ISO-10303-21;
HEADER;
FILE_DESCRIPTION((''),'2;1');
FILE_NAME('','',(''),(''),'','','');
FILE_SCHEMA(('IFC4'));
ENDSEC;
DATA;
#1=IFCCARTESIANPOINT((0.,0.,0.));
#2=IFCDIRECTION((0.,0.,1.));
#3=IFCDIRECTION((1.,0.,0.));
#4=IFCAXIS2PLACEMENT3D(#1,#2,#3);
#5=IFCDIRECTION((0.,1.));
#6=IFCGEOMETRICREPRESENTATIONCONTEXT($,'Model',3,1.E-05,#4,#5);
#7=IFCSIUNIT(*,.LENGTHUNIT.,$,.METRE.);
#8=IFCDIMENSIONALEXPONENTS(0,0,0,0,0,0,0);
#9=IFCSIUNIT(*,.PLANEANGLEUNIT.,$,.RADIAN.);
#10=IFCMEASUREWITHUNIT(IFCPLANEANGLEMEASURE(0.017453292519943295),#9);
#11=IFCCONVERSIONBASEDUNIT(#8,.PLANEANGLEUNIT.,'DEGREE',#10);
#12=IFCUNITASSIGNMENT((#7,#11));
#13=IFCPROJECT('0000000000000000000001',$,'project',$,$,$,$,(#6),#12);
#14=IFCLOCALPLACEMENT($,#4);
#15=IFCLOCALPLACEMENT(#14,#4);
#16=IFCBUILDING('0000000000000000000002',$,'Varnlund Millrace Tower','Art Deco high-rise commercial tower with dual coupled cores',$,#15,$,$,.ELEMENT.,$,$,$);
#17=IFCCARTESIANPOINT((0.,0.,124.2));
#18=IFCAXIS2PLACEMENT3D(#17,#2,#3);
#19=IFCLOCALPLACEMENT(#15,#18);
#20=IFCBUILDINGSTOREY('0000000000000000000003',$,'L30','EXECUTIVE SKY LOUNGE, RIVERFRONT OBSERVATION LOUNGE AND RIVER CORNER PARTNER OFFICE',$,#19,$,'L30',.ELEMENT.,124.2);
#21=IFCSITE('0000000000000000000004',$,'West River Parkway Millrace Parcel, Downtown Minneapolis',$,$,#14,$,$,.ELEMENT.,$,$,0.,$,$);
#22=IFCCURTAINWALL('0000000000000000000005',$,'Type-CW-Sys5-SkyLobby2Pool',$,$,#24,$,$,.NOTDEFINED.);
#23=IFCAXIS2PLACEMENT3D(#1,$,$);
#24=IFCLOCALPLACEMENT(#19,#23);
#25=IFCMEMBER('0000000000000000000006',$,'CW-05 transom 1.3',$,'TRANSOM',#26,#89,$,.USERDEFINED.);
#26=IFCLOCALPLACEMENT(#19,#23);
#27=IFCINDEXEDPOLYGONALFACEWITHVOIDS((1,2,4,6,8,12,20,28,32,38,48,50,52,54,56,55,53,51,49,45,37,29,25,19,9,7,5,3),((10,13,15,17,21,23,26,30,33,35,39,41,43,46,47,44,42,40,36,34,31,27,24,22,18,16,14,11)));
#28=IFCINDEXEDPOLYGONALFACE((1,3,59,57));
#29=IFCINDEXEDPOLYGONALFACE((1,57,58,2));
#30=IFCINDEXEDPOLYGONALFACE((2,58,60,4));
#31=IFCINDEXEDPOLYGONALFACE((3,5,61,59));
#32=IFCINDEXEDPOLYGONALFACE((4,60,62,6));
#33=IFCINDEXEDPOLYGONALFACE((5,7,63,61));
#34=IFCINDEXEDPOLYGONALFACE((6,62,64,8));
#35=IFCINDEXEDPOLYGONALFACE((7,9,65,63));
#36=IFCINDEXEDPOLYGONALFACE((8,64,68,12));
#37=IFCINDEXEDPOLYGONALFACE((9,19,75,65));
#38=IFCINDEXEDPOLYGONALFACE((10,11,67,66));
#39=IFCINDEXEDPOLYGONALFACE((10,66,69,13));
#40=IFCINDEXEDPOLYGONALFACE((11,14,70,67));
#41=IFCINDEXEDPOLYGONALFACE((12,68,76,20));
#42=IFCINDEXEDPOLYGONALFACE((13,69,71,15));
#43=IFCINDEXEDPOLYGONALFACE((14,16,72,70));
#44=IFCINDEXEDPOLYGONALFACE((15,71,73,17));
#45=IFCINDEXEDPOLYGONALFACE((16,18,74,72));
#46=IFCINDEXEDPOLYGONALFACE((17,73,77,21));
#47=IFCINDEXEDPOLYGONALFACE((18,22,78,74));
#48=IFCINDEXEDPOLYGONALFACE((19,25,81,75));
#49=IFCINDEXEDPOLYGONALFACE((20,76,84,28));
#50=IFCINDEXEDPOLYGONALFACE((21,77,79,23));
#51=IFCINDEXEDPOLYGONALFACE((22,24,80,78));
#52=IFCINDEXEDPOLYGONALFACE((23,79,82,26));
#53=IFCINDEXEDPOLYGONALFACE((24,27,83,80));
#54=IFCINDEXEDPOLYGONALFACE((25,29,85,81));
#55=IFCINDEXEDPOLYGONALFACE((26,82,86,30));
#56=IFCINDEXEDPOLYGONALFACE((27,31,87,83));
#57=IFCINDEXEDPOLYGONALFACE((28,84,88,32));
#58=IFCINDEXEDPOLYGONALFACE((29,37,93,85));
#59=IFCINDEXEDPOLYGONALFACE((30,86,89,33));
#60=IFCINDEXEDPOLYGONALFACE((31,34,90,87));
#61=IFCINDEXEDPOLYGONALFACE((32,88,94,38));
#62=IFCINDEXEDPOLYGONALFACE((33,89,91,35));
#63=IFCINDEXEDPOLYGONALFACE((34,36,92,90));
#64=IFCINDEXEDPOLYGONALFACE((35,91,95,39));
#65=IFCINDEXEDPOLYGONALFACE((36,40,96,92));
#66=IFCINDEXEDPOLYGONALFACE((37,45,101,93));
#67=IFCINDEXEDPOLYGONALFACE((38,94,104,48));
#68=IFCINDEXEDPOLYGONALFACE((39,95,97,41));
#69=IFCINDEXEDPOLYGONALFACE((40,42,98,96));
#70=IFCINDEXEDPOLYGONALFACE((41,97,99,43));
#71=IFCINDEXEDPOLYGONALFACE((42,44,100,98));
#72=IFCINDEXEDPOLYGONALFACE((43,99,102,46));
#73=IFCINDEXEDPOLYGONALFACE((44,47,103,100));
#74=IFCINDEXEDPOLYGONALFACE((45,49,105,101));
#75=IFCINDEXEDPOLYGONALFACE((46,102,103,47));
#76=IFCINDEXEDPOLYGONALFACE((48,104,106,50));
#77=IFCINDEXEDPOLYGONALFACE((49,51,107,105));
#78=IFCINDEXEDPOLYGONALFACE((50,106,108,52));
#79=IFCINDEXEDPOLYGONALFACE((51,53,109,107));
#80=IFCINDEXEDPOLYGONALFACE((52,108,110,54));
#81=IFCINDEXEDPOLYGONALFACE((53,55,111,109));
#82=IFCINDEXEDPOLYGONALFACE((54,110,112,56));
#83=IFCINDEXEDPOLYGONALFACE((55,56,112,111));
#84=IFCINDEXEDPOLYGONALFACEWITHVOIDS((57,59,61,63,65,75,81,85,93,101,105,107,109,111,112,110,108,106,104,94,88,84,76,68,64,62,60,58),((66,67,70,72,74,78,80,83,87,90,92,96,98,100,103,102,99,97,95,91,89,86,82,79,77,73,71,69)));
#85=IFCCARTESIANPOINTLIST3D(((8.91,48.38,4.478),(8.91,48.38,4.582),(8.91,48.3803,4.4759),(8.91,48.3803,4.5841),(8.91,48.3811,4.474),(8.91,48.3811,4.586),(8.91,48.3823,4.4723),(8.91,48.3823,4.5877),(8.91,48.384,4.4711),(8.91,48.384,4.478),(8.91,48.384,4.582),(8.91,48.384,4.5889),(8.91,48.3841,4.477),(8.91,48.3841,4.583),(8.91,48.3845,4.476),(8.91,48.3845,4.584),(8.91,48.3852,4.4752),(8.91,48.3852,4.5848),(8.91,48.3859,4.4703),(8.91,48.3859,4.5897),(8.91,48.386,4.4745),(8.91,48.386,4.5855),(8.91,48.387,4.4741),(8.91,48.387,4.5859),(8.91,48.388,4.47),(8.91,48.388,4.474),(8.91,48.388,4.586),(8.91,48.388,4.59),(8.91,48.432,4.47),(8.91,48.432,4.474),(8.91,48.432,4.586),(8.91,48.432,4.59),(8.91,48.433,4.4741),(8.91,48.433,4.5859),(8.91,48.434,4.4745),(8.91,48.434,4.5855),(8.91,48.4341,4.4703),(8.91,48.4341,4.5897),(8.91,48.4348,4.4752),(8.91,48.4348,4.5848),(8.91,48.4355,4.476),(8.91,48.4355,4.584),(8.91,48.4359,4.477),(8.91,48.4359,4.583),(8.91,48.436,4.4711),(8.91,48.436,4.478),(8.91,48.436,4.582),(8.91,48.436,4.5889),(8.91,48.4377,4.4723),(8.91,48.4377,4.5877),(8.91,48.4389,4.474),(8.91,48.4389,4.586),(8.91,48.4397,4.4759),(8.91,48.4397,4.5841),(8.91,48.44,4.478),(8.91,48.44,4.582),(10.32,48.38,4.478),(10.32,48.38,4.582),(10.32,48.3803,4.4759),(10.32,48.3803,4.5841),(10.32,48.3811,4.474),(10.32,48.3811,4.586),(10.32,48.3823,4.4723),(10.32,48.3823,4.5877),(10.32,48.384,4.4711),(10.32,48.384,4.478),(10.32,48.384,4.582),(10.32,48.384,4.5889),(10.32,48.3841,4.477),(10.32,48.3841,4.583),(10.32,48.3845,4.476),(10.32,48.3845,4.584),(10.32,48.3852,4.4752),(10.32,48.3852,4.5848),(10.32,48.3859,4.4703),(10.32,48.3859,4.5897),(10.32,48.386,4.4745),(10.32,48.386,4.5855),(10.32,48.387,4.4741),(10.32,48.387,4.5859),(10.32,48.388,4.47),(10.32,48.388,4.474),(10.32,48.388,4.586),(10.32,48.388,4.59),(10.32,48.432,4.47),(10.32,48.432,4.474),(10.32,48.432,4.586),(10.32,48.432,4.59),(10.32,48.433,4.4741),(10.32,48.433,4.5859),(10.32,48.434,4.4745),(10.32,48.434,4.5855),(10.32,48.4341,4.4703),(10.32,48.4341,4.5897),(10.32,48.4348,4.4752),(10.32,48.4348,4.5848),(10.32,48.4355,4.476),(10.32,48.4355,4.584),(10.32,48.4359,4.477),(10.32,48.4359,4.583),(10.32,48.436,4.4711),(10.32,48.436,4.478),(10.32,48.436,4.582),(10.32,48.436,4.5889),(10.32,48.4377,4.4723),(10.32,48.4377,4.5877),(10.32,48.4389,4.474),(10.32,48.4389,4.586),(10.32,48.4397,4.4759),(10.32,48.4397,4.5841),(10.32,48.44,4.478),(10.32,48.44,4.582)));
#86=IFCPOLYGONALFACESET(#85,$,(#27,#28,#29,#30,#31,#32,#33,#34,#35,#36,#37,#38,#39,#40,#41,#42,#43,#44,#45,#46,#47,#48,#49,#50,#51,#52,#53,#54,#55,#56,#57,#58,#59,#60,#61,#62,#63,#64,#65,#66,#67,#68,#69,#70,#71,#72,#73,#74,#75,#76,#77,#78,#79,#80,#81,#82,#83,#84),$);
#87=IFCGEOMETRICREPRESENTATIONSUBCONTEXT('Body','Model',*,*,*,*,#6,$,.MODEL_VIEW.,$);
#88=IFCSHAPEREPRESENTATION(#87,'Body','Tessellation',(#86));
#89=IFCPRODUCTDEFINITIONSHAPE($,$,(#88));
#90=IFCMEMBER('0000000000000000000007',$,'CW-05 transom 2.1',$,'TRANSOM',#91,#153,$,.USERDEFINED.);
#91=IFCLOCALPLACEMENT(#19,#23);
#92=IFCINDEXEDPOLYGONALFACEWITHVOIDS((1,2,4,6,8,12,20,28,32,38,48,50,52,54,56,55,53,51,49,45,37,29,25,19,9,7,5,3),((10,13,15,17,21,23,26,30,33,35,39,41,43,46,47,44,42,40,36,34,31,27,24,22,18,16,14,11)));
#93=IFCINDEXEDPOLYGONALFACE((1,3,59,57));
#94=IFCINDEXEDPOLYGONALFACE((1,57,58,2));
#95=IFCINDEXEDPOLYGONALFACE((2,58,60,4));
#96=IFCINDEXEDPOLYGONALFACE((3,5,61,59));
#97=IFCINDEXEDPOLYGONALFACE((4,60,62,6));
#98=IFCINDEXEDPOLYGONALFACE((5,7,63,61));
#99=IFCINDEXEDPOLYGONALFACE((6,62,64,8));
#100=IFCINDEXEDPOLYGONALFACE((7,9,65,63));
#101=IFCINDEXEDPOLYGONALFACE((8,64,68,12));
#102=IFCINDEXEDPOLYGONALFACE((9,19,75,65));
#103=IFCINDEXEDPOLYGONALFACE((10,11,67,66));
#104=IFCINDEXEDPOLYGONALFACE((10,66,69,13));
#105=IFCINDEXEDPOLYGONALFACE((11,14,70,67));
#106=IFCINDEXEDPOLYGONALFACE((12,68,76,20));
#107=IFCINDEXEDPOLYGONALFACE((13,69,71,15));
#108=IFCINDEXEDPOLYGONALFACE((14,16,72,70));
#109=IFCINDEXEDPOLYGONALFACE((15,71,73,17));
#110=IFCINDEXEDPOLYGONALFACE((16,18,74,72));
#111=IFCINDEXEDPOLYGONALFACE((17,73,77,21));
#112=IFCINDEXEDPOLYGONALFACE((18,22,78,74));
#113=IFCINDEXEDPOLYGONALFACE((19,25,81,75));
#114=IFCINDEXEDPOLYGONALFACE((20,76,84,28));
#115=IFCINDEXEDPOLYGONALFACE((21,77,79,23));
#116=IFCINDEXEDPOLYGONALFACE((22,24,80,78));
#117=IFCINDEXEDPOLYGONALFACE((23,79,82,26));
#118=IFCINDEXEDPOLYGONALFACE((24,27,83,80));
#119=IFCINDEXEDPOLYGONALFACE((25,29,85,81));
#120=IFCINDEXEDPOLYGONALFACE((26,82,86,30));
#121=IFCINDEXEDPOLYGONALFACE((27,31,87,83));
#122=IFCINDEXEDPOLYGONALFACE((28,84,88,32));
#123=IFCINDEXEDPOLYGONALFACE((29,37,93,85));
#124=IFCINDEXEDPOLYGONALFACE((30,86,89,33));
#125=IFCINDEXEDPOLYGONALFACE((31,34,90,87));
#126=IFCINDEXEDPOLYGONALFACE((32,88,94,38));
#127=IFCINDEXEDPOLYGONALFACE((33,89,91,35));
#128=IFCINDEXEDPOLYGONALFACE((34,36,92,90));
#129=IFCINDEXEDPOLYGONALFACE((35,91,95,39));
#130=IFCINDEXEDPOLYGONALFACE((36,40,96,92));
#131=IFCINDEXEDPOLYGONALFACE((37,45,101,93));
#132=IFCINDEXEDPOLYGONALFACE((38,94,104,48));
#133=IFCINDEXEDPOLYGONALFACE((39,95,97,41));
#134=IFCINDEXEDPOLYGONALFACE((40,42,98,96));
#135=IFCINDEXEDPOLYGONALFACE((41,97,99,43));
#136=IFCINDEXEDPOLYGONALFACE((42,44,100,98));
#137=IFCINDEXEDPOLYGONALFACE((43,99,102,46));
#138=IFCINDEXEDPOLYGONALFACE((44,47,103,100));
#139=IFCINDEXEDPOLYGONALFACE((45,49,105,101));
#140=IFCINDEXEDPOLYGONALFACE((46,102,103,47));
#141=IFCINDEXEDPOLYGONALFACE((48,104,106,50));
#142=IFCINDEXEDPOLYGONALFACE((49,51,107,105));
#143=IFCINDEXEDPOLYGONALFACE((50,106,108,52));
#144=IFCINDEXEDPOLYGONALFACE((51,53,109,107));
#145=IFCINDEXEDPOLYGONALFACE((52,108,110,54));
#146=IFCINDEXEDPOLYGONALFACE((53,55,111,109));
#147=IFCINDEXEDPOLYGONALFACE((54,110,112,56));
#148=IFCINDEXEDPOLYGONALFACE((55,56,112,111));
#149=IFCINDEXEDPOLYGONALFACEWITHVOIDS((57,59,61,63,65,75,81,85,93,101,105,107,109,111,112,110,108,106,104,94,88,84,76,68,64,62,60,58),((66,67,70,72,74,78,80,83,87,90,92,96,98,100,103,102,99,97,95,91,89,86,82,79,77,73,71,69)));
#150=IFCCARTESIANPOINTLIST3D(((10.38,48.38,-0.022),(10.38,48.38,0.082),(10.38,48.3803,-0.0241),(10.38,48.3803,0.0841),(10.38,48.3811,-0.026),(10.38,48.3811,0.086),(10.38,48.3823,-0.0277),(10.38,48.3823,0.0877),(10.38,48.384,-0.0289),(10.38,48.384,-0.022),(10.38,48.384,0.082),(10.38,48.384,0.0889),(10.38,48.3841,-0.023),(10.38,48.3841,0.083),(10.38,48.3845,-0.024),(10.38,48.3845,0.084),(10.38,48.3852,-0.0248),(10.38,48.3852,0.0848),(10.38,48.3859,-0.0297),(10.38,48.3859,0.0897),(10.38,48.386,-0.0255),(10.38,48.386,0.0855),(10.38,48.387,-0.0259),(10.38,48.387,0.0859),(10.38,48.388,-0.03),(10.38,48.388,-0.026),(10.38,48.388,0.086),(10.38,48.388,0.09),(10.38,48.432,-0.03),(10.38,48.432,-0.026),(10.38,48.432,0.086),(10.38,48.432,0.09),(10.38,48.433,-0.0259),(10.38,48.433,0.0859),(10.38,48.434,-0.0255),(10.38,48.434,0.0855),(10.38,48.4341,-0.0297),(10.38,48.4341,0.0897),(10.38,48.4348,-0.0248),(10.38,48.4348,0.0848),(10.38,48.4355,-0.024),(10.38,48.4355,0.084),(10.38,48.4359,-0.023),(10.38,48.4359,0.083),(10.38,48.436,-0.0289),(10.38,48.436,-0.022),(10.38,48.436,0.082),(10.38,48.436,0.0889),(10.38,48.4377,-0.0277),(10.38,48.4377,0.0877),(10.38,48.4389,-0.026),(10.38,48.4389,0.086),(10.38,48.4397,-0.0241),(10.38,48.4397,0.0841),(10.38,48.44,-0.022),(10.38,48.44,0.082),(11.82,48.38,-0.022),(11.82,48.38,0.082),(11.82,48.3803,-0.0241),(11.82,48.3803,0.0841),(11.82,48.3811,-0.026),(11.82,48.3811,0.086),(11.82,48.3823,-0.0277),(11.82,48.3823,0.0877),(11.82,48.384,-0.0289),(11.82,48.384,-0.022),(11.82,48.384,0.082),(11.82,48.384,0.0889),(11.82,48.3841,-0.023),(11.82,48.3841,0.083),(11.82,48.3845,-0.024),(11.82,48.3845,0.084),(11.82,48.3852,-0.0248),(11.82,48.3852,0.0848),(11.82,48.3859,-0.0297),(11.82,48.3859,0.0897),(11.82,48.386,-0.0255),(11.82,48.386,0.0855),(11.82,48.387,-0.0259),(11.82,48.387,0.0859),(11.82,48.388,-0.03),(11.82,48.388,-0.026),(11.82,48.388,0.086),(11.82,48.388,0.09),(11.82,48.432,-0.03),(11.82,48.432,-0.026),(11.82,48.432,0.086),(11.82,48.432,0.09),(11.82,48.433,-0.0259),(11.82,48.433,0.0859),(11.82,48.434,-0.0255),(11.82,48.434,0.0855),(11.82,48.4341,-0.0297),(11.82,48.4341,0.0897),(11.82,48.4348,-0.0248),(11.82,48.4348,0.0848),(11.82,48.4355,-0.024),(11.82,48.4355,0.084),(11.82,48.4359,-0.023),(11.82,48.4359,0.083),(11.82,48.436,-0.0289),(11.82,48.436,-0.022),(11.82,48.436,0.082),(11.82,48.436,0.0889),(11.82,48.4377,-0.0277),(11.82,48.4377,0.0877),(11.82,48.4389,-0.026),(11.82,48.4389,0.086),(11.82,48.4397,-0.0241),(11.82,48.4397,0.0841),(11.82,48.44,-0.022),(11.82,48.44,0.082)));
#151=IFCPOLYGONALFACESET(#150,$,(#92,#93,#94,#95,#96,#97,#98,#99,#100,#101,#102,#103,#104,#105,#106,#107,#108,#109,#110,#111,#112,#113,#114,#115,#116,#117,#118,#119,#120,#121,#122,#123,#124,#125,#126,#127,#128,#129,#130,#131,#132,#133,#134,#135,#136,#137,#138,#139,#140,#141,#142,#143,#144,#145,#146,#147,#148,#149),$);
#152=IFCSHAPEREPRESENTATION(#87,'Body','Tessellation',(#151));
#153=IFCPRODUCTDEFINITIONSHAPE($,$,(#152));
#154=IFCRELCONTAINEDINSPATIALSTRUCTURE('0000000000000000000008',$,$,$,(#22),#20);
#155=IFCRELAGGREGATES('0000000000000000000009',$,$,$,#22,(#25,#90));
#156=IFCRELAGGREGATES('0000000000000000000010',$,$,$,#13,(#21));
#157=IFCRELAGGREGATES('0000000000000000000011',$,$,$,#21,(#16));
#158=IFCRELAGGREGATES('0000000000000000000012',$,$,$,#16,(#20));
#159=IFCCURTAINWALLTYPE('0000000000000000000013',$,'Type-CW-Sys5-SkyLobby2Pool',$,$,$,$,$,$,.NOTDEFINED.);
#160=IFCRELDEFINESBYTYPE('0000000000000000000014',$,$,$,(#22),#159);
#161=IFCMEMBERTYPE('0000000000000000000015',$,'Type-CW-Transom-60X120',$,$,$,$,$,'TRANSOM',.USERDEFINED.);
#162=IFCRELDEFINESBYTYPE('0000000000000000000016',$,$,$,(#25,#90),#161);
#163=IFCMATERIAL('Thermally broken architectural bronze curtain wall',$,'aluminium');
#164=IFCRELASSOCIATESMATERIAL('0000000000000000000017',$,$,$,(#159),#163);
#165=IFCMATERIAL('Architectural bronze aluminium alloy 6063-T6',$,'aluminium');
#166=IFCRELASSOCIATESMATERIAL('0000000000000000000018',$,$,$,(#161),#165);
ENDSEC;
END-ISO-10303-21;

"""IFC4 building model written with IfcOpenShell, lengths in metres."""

from ifc_helpers import new_model, entity, si_unit, converted_unit, direction, frame, origin_with_axes, origin_2d_with_axis, place, context, subcontext, project, spatial, hollow_rectangle, extrude, material, material_profile, profile_set, type_object, element, aggregate, save


model = new_model("IFC4")

# Units and contexts
model_context = context("Model", 3, precision=1e-05, world=origin_with_axes(), true_north=direction((0.0, 1.0)))
body_context = subcontext(model_context, "Body", "Model", "MODEL_VIEW")
ifc_project = project(units=[si_unit("LENGTHUNIT", "METRE"), converted_unit("PLANEANGLEUNIT", "DEGREE", entity("IfcPlaneAngleMeasure", 0.017453292519943295), si_unit("PLANEANGLEUNIT", "RADIAN"), dimensions=[0, 0, 0, 0, 0, 0, 0])], contexts=[model_context])

# Site, building, storey
site_placement = place(None, origin_with_axes())
site = spatial("IfcSite", under=ifc_project, at=site_placement, Name="West River Parkway Millrace Parcel, Downtown Minneapolis", CompositionType="ELEMENT", RefElevation=0.0)
building_placement = place(site_placement, origin_with_axes())
building = spatial("IfcBuilding", under=site, at=building_placement, Name="Varnlund Millrace Tower", Description="Art Deco high-rise commercial tower with dual coupled cores", CompositionType="ELEMENT")
storey_placement = place(building_placement, frame((0.0, 0.0, 124.2), z_axis=(0.0, 0.0, 1.0), x_axis=(1.0, 0.0, 0.0)))
storey = spatial("IfcBuildingStorey", under=building, at=storey_placement, Name="L30", Description="EXECUTIVE SKY LOUNGE, RIVERFRONT OBSERVATION LOUNGE AND RIVER CORNER PARTNER OFFICE", LongName="L30", CompositionType="ELEMENT", Elevation=124.2)

# Curtain wall, members
ifc_material_1 = material(Name="Thermally broken architectural bronze curtain wall", Category="aluminium")
curtain_wall_type = type_object("IfcCurtainWallType", Name="Type-CW-Sys5-SkyLobby2Pool", PredefinedType="NOTDEFINED", material=ifc_material_1)
curtain_wall_placement = place(storey_placement, frame((8.85, 48.41, 0.0), z_axis=(0.0, 0.0, 1.0), x_axis=(1.0, 0.0, 0.0)))
curtain_wall = element("IfcCurtainWall", 1, at=curtain_wall_placement, inside=storey, type_object=curtain_wall_type, Name="Type-CW-Sys5-SkyLobby2Pool", PredefinedType="NOTDEFINED")
ifc_material_2 = material(Name="Architectural bronze aluminium alloy 6063-T6", Category="aluminium")
ifc_material_profile_1 = material_profile(ifc_material_2, hollow_rectangle(XDim=0.06, YDim=0.12, WallThickness=0.004, InnerFilletRadius=0.004, OuterFilletRadius=0.008, at=origin_2d_with_axis()), Name="Architectural bronze aluminium alloy 6063-T6")
ifc_profile_set_1 = profile_set([ifc_material_profile_1], Name="Architectural bronze aluminium alloy 6063-T6")
member_type = type_object("IfcMemberType", Name="Type-CW-Transom-60X120", ElementType="TRANSOM", PredefinedType="USERDEFINED", material=ifc_profile_set_1)
member_1_placement = place(storey_placement, frame((8.91, 48.41, 4.53), z_axis=(1.0, 0.0, 0.0), x_axis=(0.0, 1.0, 0.0)))
member_1 = element("IfcMember", 2, at=member_1_placement, type_object=member_type, Name="CW-05 transom 1.3", ObjectType="TRANSOM", PredefinedType="USERDEFINED", context=body_context, shape_type="SweptSolid", body=[
    extrude(hollow_rectangle(XDim=0.06, YDim=0.12, WallThickness=0.004, InnerFilletRadius=0.004, OuterFilletRadius=0.008, at=origin_2d_with_axis()), origin_with_axes(), (0.0, 0.0, 1.0), 1.41),
])
member_2_placement = place(storey_placement, frame((10.38, 48.41, 0.03), z_axis=(1.0, 0.0, 0.0), x_axis=(0.0, 1.0, 0.0)))
member_2 = element("IfcMember", 3, at=member_2_placement, type_object=member_type, Name="CW-05 transom 2.1", ObjectType="TRANSOM", PredefinedType="USERDEFINED", context=body_context, shape_type="SweptSolid", body=[
    extrude(hollow_rectangle(XDim=0.06, YDim=0.12, WallThickness=0.004, InnerFilletRadius=0.004, OuterFilletRadius=0.008, at=origin_2d_with_axis()), origin_with_axes(), (0.0, 0.0, 1.0), 1.44),
])

aggregate(curtain_wall, [member_1, member_2])

save(model, "model.ifc")
